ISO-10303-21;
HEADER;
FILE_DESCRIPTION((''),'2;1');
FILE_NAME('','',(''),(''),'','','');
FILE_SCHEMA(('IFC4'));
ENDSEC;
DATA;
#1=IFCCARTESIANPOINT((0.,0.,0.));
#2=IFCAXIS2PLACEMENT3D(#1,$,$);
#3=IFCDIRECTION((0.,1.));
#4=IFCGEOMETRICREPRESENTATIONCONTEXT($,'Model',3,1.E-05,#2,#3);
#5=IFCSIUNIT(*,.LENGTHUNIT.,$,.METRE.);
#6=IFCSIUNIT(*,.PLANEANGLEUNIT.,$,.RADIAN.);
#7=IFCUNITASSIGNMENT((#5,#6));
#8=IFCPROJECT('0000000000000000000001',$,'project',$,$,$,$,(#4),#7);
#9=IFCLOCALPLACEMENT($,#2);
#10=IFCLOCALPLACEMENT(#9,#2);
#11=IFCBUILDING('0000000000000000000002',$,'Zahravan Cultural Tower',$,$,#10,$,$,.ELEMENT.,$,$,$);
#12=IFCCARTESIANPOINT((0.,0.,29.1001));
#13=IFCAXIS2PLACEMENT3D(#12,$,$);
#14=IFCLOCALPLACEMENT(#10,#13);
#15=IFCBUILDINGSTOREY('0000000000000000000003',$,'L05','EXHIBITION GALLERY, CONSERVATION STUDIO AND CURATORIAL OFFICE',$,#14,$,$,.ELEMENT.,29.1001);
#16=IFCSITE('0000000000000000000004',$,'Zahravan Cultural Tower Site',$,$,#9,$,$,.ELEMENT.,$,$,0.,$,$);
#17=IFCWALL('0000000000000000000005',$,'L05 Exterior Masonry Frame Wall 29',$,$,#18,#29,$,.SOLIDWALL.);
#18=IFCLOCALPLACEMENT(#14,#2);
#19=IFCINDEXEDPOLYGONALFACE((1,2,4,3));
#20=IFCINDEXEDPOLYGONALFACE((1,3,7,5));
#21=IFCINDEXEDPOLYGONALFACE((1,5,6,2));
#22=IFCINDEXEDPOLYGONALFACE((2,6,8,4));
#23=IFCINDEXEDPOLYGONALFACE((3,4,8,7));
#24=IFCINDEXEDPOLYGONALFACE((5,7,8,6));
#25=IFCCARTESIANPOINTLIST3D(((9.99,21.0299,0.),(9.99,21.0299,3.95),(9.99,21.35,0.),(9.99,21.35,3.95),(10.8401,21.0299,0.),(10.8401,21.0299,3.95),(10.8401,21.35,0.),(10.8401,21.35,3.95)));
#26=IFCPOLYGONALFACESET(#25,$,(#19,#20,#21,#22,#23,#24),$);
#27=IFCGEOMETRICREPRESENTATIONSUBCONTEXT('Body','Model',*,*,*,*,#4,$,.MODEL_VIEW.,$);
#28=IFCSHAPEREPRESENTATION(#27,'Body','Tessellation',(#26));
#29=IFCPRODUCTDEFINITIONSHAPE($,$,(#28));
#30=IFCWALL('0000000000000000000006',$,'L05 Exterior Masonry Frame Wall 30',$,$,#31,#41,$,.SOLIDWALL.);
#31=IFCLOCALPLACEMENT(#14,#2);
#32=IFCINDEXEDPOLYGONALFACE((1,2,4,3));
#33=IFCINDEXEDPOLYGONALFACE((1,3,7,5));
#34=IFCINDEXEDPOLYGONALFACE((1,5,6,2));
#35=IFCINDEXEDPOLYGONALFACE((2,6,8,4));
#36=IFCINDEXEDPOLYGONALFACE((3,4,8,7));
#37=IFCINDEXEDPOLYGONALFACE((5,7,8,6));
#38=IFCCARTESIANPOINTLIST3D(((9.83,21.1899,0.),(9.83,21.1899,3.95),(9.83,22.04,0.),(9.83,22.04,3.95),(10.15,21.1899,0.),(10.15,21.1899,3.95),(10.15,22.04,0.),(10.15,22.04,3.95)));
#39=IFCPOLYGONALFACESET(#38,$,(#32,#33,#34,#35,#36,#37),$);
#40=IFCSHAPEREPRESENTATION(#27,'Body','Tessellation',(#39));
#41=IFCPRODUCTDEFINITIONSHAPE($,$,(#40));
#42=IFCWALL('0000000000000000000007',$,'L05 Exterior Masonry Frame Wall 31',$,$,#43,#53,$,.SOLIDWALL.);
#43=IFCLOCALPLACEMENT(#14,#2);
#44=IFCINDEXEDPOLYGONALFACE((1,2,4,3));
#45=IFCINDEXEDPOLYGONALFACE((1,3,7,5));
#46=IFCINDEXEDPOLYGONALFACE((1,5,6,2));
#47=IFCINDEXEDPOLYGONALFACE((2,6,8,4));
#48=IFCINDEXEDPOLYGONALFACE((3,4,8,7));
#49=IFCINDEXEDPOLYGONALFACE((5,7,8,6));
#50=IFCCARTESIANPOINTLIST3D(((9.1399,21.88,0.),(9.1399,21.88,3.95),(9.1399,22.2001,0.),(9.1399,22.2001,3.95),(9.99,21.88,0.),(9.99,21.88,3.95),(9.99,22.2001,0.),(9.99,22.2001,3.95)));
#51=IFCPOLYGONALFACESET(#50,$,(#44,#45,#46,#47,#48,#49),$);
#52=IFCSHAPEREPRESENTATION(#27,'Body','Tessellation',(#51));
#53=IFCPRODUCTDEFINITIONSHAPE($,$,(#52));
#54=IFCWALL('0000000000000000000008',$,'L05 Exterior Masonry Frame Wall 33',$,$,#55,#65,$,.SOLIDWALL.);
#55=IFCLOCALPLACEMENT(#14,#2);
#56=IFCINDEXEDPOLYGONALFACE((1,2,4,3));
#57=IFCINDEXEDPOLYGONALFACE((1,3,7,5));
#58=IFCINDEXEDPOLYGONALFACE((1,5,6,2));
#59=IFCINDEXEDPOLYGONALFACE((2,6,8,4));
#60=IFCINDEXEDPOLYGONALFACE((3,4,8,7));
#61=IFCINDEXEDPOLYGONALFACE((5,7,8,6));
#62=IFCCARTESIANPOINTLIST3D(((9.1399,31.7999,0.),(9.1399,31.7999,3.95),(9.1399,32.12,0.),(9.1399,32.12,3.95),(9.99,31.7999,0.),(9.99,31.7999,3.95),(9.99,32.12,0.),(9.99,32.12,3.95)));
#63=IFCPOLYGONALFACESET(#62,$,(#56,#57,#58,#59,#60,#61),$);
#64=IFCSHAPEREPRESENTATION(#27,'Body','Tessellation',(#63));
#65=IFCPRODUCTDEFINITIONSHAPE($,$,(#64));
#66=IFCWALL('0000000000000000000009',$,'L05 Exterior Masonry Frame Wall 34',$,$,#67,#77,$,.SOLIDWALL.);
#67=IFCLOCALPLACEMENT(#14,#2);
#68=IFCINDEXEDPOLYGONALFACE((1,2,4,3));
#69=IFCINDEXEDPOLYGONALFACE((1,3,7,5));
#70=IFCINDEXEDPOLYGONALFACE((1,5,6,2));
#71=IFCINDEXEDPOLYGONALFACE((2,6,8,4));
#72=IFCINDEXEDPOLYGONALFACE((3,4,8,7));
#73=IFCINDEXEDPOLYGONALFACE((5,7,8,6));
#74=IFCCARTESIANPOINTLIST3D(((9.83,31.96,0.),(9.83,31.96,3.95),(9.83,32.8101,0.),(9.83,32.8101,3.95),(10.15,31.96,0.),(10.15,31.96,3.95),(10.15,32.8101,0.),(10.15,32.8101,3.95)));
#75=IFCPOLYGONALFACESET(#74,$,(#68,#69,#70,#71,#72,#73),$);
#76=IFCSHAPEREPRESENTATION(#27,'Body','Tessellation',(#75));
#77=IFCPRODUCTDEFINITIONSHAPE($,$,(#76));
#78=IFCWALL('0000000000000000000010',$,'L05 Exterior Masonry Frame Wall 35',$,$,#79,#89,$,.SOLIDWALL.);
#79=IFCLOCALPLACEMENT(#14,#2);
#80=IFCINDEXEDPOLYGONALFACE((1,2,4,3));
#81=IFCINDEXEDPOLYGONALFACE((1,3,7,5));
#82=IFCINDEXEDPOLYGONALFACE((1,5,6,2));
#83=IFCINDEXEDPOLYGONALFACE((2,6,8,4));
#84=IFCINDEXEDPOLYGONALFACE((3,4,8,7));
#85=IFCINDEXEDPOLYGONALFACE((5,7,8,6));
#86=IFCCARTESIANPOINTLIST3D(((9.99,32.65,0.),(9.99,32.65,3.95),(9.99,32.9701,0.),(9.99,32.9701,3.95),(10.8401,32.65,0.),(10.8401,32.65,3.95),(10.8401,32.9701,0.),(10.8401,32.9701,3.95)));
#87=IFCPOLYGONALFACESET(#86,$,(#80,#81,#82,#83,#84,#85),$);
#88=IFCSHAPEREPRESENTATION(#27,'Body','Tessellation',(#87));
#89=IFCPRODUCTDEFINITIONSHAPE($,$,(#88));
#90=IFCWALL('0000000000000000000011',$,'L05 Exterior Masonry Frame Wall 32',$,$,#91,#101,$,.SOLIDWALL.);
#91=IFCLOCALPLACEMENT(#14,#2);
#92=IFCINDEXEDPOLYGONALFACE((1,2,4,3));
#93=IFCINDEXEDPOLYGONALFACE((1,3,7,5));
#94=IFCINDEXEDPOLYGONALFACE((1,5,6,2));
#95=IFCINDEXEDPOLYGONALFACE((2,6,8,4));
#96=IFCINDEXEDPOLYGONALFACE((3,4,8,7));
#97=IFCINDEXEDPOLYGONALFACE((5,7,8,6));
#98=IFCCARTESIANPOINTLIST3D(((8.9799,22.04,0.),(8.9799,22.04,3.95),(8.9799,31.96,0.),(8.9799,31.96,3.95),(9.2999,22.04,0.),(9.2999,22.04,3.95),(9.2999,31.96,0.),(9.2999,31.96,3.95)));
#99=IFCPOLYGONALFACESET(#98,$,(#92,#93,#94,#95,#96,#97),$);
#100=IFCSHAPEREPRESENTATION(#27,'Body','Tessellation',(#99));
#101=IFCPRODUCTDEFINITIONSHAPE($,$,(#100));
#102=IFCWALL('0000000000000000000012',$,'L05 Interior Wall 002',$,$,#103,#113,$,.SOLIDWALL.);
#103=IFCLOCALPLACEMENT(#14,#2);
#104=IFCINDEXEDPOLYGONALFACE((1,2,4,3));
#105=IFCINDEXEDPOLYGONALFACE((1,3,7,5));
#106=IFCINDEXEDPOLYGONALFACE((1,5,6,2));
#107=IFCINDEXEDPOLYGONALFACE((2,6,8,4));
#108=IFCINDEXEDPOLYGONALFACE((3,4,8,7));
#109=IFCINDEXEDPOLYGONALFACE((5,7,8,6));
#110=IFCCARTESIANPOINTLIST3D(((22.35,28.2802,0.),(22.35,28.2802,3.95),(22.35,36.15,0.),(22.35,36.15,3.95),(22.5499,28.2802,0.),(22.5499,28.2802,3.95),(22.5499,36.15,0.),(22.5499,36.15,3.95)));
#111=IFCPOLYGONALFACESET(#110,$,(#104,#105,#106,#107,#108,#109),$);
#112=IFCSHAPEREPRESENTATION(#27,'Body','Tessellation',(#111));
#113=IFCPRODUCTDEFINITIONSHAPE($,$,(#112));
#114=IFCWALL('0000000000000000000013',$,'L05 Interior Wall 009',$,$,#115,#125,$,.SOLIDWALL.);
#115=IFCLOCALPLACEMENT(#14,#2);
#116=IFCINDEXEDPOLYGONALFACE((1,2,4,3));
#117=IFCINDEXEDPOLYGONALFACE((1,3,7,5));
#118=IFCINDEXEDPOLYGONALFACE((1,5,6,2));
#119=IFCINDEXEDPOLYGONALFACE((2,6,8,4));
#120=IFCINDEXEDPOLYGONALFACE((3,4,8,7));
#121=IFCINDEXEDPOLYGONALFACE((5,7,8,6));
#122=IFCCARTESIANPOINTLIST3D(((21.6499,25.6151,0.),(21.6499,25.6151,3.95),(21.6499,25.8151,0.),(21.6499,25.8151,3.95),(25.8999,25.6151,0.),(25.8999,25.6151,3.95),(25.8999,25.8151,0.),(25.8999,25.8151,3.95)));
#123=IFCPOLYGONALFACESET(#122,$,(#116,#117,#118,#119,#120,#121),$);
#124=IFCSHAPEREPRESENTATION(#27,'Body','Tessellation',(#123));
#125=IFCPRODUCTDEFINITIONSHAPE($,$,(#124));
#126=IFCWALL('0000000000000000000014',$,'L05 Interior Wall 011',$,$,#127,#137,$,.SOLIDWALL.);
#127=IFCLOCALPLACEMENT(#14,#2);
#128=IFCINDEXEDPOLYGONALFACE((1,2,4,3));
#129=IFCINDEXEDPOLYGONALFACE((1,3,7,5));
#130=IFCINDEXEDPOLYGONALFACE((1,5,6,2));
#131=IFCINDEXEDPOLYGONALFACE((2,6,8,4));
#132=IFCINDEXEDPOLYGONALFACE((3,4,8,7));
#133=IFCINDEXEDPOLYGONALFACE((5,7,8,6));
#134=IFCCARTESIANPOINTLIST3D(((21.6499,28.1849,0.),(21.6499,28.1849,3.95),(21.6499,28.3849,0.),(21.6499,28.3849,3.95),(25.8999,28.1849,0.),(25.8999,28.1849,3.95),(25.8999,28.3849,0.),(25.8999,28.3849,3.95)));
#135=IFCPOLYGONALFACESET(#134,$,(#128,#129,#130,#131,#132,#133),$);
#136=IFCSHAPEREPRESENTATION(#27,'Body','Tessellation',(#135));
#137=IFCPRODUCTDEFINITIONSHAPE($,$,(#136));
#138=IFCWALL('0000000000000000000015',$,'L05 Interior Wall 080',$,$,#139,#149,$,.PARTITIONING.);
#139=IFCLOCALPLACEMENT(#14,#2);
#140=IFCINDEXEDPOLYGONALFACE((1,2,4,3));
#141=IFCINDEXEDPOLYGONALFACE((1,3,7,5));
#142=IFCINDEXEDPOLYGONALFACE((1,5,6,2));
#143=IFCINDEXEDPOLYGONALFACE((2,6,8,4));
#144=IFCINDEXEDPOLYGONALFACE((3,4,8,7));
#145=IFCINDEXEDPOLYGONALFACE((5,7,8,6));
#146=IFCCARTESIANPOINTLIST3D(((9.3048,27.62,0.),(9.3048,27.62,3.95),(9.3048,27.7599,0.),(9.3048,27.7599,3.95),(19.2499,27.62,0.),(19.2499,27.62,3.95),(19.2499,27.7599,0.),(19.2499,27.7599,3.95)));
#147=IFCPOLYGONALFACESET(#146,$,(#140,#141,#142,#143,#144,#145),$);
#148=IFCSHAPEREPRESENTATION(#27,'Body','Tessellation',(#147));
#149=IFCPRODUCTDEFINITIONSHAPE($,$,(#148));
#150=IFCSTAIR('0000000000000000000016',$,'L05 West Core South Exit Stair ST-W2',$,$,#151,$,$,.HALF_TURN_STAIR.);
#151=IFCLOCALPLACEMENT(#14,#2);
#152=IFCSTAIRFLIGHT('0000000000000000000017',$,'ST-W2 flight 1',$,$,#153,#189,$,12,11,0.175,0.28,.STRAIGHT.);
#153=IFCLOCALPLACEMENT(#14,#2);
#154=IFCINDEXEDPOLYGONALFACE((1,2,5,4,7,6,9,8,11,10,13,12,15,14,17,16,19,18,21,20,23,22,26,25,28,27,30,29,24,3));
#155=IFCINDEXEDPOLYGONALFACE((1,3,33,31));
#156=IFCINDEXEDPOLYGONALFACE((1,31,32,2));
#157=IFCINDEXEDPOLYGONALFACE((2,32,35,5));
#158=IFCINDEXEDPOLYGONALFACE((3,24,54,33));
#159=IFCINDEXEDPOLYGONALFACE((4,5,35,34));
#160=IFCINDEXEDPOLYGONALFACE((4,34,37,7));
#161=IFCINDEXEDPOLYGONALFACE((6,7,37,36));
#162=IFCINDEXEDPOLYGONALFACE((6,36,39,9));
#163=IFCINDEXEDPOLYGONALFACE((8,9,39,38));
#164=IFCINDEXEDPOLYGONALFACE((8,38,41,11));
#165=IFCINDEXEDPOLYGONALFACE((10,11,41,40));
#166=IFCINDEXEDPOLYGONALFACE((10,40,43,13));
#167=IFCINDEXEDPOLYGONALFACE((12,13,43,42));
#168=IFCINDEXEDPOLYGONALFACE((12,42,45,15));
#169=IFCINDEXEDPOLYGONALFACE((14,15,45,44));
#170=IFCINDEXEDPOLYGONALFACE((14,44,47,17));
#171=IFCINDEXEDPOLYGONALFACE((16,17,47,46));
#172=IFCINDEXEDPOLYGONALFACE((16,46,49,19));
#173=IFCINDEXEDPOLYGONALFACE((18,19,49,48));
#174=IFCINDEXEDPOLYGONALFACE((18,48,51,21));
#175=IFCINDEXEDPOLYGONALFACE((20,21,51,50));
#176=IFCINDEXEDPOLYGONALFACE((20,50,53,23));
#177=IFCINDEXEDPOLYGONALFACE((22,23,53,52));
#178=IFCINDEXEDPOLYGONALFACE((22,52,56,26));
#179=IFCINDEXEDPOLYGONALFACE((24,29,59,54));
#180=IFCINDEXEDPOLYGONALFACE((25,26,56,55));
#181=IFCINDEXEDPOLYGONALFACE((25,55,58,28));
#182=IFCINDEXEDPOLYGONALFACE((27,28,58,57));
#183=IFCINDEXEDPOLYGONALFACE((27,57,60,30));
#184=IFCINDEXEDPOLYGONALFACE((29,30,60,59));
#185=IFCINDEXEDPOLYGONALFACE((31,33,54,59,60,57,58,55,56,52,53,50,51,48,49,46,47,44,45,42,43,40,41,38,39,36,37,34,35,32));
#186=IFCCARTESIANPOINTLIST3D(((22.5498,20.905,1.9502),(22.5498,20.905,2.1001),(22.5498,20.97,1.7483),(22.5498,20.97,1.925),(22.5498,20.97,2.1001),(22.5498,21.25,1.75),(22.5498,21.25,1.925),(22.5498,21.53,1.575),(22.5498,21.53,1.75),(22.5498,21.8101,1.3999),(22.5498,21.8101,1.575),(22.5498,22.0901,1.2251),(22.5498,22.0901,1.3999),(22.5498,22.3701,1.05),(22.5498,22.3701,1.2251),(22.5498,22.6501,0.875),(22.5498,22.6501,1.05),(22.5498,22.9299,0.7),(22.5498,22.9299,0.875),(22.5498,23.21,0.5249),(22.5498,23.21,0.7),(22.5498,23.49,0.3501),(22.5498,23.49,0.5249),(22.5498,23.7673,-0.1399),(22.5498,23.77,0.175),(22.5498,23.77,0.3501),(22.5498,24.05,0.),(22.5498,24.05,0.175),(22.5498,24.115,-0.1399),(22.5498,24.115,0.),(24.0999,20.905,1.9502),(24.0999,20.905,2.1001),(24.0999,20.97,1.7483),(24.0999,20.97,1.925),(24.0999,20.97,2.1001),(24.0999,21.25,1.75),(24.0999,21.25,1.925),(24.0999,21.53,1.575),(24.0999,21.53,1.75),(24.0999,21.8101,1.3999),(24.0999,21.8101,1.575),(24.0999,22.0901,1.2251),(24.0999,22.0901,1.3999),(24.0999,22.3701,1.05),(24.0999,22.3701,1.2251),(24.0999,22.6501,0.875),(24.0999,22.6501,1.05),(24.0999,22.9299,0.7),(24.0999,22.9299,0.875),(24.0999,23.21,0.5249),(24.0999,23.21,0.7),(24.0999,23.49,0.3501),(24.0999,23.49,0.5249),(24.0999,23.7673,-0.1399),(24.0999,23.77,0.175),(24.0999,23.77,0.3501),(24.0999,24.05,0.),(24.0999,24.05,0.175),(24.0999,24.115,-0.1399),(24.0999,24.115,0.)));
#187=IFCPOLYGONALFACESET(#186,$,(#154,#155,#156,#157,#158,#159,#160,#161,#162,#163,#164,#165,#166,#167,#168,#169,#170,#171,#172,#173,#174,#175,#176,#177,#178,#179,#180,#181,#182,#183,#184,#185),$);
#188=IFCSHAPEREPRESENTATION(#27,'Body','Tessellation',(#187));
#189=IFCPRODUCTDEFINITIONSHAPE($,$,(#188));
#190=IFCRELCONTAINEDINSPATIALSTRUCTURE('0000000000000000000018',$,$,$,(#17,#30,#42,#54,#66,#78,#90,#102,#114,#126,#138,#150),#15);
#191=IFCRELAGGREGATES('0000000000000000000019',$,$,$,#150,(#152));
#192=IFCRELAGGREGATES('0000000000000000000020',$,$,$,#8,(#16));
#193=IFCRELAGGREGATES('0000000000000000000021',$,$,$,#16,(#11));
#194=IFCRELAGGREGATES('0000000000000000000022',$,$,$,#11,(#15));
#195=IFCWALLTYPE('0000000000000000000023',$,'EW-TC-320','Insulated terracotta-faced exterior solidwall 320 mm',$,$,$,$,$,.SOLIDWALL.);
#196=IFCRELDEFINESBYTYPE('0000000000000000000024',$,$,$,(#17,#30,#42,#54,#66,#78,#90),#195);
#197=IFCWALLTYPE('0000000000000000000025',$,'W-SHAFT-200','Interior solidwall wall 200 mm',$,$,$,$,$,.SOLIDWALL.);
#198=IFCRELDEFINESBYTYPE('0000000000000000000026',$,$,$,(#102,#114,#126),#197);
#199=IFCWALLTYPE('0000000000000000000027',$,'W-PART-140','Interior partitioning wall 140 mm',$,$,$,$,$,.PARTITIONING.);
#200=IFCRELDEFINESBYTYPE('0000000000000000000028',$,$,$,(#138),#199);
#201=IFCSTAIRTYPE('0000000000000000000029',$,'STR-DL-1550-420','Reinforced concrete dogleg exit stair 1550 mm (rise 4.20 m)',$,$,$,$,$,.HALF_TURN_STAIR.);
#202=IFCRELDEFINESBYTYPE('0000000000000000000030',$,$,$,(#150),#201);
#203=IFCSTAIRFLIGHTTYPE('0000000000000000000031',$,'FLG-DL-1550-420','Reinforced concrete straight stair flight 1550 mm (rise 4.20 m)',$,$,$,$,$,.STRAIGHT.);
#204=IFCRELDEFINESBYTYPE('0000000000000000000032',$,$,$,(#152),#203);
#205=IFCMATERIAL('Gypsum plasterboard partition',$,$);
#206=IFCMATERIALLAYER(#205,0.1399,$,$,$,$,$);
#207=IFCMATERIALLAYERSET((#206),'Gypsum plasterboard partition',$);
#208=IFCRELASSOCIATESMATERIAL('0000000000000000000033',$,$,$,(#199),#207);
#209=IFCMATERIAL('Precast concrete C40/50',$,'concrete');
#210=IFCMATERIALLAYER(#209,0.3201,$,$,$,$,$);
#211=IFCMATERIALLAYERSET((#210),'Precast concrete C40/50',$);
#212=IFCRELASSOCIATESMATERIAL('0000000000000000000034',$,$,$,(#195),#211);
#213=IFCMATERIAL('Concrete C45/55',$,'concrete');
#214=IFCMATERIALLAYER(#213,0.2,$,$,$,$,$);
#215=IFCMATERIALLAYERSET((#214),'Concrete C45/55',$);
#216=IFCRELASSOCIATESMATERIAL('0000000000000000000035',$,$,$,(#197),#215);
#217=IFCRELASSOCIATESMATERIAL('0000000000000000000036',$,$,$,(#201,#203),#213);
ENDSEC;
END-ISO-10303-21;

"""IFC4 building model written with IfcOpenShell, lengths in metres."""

from ifc_helpers import new_model, si_unit, direction, frame, frame_2d, origin, place, context, subcontext, project, spatial, polyline, rectangle, outline, extrude, source, transform, mapped, material, layer, layer_set, type_object, element, aggregate, save


model = new_model("IFC4")

# Units and contexts
model_context = context("Model", 3, precision=1e-05, world=origin(), true_north=direction((0.0, 1.0)))
body_context = subcontext(model_context, "Body", "Model", "MODEL_VIEW")
ifc_project = project(units=[si_unit("LENGTHUNIT", "METRE"), si_unit("PLANEANGLEUNIT", "RADIAN")], contexts=[model_context])

# Site, building, storey
site_placement = place(None, origin())
site = spatial("IfcSite", under=ifc_project, at=site_placement, Name="Zahravan Cultural Tower Site", CompositionType="ELEMENT", RefElevation=0.0)
building_placement = place(site_placement, origin())
building = spatial("IfcBuilding", under=site, at=building_placement, Name="Zahravan Cultural Tower", CompositionType="ELEMENT")
storey_placement = place(building_placement, frame((0.0, 0.0, 29.1001)))
storey = spatial("IfcBuildingStorey", under=building, at=storey_placement, Name="L05", Description="EXHIBITION GALLERY, CONSERVATION STUDIO AND CURATORIAL OFFICE", CompositionType="ELEMENT", Elevation=29.1001)

# Shared definitions
ifc_material_1 = material(Name="Gypsum plasterboard partition")
ifc_layer_1 = layer(ifc_material_1, 0.1399)
ifc_layer_set_1 = layer_set([ifc_layer_1], Name="Gypsum plasterboard partition")
wall_type_1 = type_object("IfcWallType", Name="W-PART-140", Description="Interior partitioning wall 140 mm", PredefinedType="PARTITIONING", material=ifc_layer_set_1)

# Walls
ifc_material_2 = material(Name="Precast concrete C40/50", Category="concrete")
ifc_layer_2 = layer(ifc_material_2, 0.3201)
ifc_layer_set_2 = layer_set([ifc_layer_2], Name="Precast concrete C40/50")
wall_type_2 = type_object("IfcWallType", Name="EW-TC-320", Description="Insulated terracotta-faced exterior solidwall 320 mm", PredefinedType="SOLIDWALL", material=ifc_layer_set_2)
shared_shape_1 = source(origin(), body_context, "Body", "SweptSolid", [
    extrude(rectangle(XDim=0.8501, YDim=0.3201, at=frame_2d((0.425, 0.0))), origin(), (0.0, 0.0, 1.0), 3.95),
])
for number, where, z_axis, x_axis, name in (
    (1, (10.8401, 21.1899, 0.0), (0.0, 0.0, 1.0), (-1.0, 0.0, 0.0), "L05 Exterior Masonry Frame Wall 29"),
    (2, (9.99, 21.1899, 0.0), (0.0, 0.0, 1.0), (0.0, 1.0, 0.0), "L05 Exterior Masonry Frame Wall 30"),
    (3, (9.99, 22.04, 0.0), (0.0, 0.0, 1.0), (-1.0, 0.0, 0.0), "L05 Exterior Masonry Frame Wall 31"),
    (4, (9.1399, 31.96, 0.0), (0.0, 0.0, 1.0), (1.0, 0.0, 0.0), "L05 Exterior Masonry Frame Wall 33"),
    (5, (9.99, 31.96, 0.0), (0.0, 0.0, 1.0), (0.0, 1.0, 0.0), "L05 Exterior Masonry Frame Wall 34"),
    (6, (9.99, 32.8101, 0.0), (0.0, 0.0, 1.0), (1.0, 0.0, 0.0), "L05 Exterior Masonry Frame Wall 35"),
):
    element("IfcWall", number, at=place(storey_placement, frame(where, z_axis=z_axis, x_axis=x_axis)), inside=storey, type_object=wall_type_2, Name=name, PredefinedType="SOLIDWALL", context=body_context, shape_type="MappedRepresentation", body=[
        mapped(shared_shape_1, transform((0.0, 0.0, 0.0), x_axis=(1.0, 0.0, 0.0), y_axis=(0.0, 1.0, 0.0), z_axis=(0.0, 0.0, 1.0), scale=1.0)),
    ])
shared_shape_2 = source(origin(), body_context, "Body", "SweptSolid", [
    extrude(rectangle(XDim=9.9199, YDim=0.3201, at=frame_2d((4.96, 0.0))), origin(), (0.0, 0.0, 1.0), 3.95),
])
wall_1_placement = place(storey_placement, frame((9.1399, 22.04, 0.0), z_axis=(0.0, 0.0, 1.0), x_axis=(0.0, 1.0, 0.0)))
element("IfcWall", 7, at=wall_1_placement, inside=storey, type_object=wall_type_2, Name="L05 Exterior Masonry Frame Wall 32", PredefinedType="SOLIDWALL", context=body_context, shape_type="MappedRepresentation", body=[
    mapped(shared_shape_2, transform((0.0, 0.0, 0.0), x_axis=(1.0, 0.0, 0.0), y_axis=(0.0, 1.0, 0.0), z_axis=(0.0, 0.0, 1.0), scale=1.0)),
])
ifc_material_3 = material(Name="Concrete C45/55", Category="concrete")
ifc_layer_3 = layer(ifc_material_3, 0.2)
ifc_layer_set_3 = layer_set([ifc_layer_3], Name="Concrete C45/55")
wall_type_3 = type_object("IfcWallType", Name="W-SHAFT-200", Description="Interior solidwall wall 200 mm", PredefinedType="SOLIDWALL", material=ifc_layer_set_3)
shared_shape_3 = source(origin(), body_context, "Body", "SweptSolid", [
    extrude(rectangle(XDim=7.8699, YDim=0.2, at=frame_2d((3.9351, 0.0))), origin(), (0.0, 0.0, 1.0), 3.95),
])
wall_2_placement = place(storey_placement, frame((22.45, 28.28, 0.0), z_axis=(0.0, 0.0, 1.0), x_axis=(0.0, 1.0, 0.0)))
element("IfcWall", 8, at=wall_2_placement, inside=storey, type_object=wall_type_3, Name="L05 Interior Wall 002", PredefinedType="SOLIDWALL", context=body_context, shape_type="MappedRepresentation", body=[
    mapped(shared_shape_3, transform((0.0, 0.0, 0.0), x_axis=(1.0, 0.0, 0.0), y_axis=(0.0, 1.0, 0.0), z_axis=(0.0, 0.0, 1.0), scale=1.0)),
])
shared_shape_4 = source(origin(), body_context, "Body", "SweptSolid", [
    extrude(rectangle(XDim=4.25, YDim=0.2, at=frame_2d((2.125, 0.0))), origin(), (0.0, 0.0, 1.0), 3.95),
])
for number, where, z_axis, x_axis, name in (
    (9, (21.6499, 25.7151, 0.0), (0.0, 0.0, 1.0), (1.0, 0.0, 0.0), "L05 Interior Wall 009"),
    (10, (21.6499, 28.2849, 0.0), (0.0, 0.0, 1.0), (1.0, 0.0, 0.0), "L05 Interior Wall 011"),
):
    element("IfcWall", number, at=place(storey_placement, frame(where, z_axis=z_axis, x_axis=x_axis)), inside=storey, type_object=wall_type_3, Name=name, PredefinedType="SOLIDWALL", context=body_context, shape_type="MappedRepresentation", body=[
        mapped(shared_shape_4, transform((0.0, 0.0, 0.0), x_axis=(1.0, 0.0, 0.0), y_axis=(0.0, 1.0, 0.0), z_axis=(0.0, 0.0, 1.0), scale=1.0)),
    ])
shared_shape_5 = source(origin(), body_context, "Body", "SweptSolid", [
    extrude(rectangle(XDim=9.9451, YDim=0.1399, at=frame_2d((4.9727, 0.0))), origin(), (0.0, 0.0, 1.0), 3.95),
])
wall_3_placement = place(storey_placement, frame((19.25, 27.6899, 0.0), z_axis=(0.0, 0.0, 1.0), x_axis=(-1.0, 0.0, 0.0)))
element("IfcWall", 11, at=wall_3_placement, inside=storey, type_object=wall_type_1, Name="L05 Interior Wall 080", PredefinedType="PARTITIONING", context=body_context, shape_type="MappedRepresentation", body=[
    mapped(shared_shape_5, transform((0.0, 0.0, 0.0), x_axis=(1.0, 0.0, 0.0), y_axis=(0.0, 1.0, 0.0), z_axis=(0.0, 0.0, 1.0), scale=1.0)),
])

# Stair, stair flight
stair_type = type_object("IfcStairType", Name="STR-DL-1550-420", Description="Reinforced concrete dogleg exit stair 1550 mm (rise 4.20 m)", PredefinedType="HALF_TURN_STAIR", material=ifc_material_3)
stair_placement = place(storey_placement, origin())
stair = element("IfcStair", 12, at=stair_placement, inside=storey, type_object=stair_type, Name="L05 West Core South Exit Stair ST-W2", PredefinedType="HALF_TURN_STAIR")
stair_flight_type = type_object("IfcStairFlightType", Name="FLG-DL-1550-420", Description="Reinforced concrete straight stair flight 1550 mm (rise 4.20 m)", PredefinedType="STRAIGHT", material=ifc_material_3)
stair_flight_placement = place(storey_placement, frame((23.325, 24.05, 0.0), z_axis=(0.0, 0.0, 1.0), x_axis=(0.0, -1.0, 0.0)))
stair_flight = element("IfcStairFlight", 13, at=stair_flight_placement, type_object=stair_flight_type, Name="ST-W2 flight 1", NumberOfRisers=12, NumberOfTreads=11, PredefinedType="STRAIGHT", RiserHeight=0.175, TreadLength=0.28, context=body_context, shape_type="SweptSolid", body=[
    extrude(outline(polyline([(-0.0649, -0.1399), (-0.0649, 0.0), (0.0, 0.0), (0.0, 0.175), (0.28, 0.175), (0.28, 0.3501), (0.5601, 0.3501), (0.5601, 0.5249), (0.8401, 0.5249), (0.8401, 0.7), (1.1201, 0.7), (1.1201, 0.875), (1.3999, 0.875), (1.3999, 1.05), (1.6799, 1.05), (1.6799, 1.2251), (1.96, 1.2251), (1.96, 1.3999), (2.24, 1.3999), (2.24, 1.575), (2.52, 1.575), (2.52, 1.75), (2.8, 1.75), (2.8, 1.925), (3.0801, 1.925), (3.0801, 2.1001), (3.145, 2.1001), (3.145, 1.9502), (3.0801, 1.7483), (0.2827, -0.1399), (-0.0649, -0.1399)])), frame((0.0, 0.7749, 0.0), z_axis=(0.0, -1.0, 0.0), x_axis=(1.0, 0.0, 0.0)), (0.0, 0.0, 1.0), 1.55),
])
aggregate(stair, [stair_flight])

save(model, "model.ifc")
